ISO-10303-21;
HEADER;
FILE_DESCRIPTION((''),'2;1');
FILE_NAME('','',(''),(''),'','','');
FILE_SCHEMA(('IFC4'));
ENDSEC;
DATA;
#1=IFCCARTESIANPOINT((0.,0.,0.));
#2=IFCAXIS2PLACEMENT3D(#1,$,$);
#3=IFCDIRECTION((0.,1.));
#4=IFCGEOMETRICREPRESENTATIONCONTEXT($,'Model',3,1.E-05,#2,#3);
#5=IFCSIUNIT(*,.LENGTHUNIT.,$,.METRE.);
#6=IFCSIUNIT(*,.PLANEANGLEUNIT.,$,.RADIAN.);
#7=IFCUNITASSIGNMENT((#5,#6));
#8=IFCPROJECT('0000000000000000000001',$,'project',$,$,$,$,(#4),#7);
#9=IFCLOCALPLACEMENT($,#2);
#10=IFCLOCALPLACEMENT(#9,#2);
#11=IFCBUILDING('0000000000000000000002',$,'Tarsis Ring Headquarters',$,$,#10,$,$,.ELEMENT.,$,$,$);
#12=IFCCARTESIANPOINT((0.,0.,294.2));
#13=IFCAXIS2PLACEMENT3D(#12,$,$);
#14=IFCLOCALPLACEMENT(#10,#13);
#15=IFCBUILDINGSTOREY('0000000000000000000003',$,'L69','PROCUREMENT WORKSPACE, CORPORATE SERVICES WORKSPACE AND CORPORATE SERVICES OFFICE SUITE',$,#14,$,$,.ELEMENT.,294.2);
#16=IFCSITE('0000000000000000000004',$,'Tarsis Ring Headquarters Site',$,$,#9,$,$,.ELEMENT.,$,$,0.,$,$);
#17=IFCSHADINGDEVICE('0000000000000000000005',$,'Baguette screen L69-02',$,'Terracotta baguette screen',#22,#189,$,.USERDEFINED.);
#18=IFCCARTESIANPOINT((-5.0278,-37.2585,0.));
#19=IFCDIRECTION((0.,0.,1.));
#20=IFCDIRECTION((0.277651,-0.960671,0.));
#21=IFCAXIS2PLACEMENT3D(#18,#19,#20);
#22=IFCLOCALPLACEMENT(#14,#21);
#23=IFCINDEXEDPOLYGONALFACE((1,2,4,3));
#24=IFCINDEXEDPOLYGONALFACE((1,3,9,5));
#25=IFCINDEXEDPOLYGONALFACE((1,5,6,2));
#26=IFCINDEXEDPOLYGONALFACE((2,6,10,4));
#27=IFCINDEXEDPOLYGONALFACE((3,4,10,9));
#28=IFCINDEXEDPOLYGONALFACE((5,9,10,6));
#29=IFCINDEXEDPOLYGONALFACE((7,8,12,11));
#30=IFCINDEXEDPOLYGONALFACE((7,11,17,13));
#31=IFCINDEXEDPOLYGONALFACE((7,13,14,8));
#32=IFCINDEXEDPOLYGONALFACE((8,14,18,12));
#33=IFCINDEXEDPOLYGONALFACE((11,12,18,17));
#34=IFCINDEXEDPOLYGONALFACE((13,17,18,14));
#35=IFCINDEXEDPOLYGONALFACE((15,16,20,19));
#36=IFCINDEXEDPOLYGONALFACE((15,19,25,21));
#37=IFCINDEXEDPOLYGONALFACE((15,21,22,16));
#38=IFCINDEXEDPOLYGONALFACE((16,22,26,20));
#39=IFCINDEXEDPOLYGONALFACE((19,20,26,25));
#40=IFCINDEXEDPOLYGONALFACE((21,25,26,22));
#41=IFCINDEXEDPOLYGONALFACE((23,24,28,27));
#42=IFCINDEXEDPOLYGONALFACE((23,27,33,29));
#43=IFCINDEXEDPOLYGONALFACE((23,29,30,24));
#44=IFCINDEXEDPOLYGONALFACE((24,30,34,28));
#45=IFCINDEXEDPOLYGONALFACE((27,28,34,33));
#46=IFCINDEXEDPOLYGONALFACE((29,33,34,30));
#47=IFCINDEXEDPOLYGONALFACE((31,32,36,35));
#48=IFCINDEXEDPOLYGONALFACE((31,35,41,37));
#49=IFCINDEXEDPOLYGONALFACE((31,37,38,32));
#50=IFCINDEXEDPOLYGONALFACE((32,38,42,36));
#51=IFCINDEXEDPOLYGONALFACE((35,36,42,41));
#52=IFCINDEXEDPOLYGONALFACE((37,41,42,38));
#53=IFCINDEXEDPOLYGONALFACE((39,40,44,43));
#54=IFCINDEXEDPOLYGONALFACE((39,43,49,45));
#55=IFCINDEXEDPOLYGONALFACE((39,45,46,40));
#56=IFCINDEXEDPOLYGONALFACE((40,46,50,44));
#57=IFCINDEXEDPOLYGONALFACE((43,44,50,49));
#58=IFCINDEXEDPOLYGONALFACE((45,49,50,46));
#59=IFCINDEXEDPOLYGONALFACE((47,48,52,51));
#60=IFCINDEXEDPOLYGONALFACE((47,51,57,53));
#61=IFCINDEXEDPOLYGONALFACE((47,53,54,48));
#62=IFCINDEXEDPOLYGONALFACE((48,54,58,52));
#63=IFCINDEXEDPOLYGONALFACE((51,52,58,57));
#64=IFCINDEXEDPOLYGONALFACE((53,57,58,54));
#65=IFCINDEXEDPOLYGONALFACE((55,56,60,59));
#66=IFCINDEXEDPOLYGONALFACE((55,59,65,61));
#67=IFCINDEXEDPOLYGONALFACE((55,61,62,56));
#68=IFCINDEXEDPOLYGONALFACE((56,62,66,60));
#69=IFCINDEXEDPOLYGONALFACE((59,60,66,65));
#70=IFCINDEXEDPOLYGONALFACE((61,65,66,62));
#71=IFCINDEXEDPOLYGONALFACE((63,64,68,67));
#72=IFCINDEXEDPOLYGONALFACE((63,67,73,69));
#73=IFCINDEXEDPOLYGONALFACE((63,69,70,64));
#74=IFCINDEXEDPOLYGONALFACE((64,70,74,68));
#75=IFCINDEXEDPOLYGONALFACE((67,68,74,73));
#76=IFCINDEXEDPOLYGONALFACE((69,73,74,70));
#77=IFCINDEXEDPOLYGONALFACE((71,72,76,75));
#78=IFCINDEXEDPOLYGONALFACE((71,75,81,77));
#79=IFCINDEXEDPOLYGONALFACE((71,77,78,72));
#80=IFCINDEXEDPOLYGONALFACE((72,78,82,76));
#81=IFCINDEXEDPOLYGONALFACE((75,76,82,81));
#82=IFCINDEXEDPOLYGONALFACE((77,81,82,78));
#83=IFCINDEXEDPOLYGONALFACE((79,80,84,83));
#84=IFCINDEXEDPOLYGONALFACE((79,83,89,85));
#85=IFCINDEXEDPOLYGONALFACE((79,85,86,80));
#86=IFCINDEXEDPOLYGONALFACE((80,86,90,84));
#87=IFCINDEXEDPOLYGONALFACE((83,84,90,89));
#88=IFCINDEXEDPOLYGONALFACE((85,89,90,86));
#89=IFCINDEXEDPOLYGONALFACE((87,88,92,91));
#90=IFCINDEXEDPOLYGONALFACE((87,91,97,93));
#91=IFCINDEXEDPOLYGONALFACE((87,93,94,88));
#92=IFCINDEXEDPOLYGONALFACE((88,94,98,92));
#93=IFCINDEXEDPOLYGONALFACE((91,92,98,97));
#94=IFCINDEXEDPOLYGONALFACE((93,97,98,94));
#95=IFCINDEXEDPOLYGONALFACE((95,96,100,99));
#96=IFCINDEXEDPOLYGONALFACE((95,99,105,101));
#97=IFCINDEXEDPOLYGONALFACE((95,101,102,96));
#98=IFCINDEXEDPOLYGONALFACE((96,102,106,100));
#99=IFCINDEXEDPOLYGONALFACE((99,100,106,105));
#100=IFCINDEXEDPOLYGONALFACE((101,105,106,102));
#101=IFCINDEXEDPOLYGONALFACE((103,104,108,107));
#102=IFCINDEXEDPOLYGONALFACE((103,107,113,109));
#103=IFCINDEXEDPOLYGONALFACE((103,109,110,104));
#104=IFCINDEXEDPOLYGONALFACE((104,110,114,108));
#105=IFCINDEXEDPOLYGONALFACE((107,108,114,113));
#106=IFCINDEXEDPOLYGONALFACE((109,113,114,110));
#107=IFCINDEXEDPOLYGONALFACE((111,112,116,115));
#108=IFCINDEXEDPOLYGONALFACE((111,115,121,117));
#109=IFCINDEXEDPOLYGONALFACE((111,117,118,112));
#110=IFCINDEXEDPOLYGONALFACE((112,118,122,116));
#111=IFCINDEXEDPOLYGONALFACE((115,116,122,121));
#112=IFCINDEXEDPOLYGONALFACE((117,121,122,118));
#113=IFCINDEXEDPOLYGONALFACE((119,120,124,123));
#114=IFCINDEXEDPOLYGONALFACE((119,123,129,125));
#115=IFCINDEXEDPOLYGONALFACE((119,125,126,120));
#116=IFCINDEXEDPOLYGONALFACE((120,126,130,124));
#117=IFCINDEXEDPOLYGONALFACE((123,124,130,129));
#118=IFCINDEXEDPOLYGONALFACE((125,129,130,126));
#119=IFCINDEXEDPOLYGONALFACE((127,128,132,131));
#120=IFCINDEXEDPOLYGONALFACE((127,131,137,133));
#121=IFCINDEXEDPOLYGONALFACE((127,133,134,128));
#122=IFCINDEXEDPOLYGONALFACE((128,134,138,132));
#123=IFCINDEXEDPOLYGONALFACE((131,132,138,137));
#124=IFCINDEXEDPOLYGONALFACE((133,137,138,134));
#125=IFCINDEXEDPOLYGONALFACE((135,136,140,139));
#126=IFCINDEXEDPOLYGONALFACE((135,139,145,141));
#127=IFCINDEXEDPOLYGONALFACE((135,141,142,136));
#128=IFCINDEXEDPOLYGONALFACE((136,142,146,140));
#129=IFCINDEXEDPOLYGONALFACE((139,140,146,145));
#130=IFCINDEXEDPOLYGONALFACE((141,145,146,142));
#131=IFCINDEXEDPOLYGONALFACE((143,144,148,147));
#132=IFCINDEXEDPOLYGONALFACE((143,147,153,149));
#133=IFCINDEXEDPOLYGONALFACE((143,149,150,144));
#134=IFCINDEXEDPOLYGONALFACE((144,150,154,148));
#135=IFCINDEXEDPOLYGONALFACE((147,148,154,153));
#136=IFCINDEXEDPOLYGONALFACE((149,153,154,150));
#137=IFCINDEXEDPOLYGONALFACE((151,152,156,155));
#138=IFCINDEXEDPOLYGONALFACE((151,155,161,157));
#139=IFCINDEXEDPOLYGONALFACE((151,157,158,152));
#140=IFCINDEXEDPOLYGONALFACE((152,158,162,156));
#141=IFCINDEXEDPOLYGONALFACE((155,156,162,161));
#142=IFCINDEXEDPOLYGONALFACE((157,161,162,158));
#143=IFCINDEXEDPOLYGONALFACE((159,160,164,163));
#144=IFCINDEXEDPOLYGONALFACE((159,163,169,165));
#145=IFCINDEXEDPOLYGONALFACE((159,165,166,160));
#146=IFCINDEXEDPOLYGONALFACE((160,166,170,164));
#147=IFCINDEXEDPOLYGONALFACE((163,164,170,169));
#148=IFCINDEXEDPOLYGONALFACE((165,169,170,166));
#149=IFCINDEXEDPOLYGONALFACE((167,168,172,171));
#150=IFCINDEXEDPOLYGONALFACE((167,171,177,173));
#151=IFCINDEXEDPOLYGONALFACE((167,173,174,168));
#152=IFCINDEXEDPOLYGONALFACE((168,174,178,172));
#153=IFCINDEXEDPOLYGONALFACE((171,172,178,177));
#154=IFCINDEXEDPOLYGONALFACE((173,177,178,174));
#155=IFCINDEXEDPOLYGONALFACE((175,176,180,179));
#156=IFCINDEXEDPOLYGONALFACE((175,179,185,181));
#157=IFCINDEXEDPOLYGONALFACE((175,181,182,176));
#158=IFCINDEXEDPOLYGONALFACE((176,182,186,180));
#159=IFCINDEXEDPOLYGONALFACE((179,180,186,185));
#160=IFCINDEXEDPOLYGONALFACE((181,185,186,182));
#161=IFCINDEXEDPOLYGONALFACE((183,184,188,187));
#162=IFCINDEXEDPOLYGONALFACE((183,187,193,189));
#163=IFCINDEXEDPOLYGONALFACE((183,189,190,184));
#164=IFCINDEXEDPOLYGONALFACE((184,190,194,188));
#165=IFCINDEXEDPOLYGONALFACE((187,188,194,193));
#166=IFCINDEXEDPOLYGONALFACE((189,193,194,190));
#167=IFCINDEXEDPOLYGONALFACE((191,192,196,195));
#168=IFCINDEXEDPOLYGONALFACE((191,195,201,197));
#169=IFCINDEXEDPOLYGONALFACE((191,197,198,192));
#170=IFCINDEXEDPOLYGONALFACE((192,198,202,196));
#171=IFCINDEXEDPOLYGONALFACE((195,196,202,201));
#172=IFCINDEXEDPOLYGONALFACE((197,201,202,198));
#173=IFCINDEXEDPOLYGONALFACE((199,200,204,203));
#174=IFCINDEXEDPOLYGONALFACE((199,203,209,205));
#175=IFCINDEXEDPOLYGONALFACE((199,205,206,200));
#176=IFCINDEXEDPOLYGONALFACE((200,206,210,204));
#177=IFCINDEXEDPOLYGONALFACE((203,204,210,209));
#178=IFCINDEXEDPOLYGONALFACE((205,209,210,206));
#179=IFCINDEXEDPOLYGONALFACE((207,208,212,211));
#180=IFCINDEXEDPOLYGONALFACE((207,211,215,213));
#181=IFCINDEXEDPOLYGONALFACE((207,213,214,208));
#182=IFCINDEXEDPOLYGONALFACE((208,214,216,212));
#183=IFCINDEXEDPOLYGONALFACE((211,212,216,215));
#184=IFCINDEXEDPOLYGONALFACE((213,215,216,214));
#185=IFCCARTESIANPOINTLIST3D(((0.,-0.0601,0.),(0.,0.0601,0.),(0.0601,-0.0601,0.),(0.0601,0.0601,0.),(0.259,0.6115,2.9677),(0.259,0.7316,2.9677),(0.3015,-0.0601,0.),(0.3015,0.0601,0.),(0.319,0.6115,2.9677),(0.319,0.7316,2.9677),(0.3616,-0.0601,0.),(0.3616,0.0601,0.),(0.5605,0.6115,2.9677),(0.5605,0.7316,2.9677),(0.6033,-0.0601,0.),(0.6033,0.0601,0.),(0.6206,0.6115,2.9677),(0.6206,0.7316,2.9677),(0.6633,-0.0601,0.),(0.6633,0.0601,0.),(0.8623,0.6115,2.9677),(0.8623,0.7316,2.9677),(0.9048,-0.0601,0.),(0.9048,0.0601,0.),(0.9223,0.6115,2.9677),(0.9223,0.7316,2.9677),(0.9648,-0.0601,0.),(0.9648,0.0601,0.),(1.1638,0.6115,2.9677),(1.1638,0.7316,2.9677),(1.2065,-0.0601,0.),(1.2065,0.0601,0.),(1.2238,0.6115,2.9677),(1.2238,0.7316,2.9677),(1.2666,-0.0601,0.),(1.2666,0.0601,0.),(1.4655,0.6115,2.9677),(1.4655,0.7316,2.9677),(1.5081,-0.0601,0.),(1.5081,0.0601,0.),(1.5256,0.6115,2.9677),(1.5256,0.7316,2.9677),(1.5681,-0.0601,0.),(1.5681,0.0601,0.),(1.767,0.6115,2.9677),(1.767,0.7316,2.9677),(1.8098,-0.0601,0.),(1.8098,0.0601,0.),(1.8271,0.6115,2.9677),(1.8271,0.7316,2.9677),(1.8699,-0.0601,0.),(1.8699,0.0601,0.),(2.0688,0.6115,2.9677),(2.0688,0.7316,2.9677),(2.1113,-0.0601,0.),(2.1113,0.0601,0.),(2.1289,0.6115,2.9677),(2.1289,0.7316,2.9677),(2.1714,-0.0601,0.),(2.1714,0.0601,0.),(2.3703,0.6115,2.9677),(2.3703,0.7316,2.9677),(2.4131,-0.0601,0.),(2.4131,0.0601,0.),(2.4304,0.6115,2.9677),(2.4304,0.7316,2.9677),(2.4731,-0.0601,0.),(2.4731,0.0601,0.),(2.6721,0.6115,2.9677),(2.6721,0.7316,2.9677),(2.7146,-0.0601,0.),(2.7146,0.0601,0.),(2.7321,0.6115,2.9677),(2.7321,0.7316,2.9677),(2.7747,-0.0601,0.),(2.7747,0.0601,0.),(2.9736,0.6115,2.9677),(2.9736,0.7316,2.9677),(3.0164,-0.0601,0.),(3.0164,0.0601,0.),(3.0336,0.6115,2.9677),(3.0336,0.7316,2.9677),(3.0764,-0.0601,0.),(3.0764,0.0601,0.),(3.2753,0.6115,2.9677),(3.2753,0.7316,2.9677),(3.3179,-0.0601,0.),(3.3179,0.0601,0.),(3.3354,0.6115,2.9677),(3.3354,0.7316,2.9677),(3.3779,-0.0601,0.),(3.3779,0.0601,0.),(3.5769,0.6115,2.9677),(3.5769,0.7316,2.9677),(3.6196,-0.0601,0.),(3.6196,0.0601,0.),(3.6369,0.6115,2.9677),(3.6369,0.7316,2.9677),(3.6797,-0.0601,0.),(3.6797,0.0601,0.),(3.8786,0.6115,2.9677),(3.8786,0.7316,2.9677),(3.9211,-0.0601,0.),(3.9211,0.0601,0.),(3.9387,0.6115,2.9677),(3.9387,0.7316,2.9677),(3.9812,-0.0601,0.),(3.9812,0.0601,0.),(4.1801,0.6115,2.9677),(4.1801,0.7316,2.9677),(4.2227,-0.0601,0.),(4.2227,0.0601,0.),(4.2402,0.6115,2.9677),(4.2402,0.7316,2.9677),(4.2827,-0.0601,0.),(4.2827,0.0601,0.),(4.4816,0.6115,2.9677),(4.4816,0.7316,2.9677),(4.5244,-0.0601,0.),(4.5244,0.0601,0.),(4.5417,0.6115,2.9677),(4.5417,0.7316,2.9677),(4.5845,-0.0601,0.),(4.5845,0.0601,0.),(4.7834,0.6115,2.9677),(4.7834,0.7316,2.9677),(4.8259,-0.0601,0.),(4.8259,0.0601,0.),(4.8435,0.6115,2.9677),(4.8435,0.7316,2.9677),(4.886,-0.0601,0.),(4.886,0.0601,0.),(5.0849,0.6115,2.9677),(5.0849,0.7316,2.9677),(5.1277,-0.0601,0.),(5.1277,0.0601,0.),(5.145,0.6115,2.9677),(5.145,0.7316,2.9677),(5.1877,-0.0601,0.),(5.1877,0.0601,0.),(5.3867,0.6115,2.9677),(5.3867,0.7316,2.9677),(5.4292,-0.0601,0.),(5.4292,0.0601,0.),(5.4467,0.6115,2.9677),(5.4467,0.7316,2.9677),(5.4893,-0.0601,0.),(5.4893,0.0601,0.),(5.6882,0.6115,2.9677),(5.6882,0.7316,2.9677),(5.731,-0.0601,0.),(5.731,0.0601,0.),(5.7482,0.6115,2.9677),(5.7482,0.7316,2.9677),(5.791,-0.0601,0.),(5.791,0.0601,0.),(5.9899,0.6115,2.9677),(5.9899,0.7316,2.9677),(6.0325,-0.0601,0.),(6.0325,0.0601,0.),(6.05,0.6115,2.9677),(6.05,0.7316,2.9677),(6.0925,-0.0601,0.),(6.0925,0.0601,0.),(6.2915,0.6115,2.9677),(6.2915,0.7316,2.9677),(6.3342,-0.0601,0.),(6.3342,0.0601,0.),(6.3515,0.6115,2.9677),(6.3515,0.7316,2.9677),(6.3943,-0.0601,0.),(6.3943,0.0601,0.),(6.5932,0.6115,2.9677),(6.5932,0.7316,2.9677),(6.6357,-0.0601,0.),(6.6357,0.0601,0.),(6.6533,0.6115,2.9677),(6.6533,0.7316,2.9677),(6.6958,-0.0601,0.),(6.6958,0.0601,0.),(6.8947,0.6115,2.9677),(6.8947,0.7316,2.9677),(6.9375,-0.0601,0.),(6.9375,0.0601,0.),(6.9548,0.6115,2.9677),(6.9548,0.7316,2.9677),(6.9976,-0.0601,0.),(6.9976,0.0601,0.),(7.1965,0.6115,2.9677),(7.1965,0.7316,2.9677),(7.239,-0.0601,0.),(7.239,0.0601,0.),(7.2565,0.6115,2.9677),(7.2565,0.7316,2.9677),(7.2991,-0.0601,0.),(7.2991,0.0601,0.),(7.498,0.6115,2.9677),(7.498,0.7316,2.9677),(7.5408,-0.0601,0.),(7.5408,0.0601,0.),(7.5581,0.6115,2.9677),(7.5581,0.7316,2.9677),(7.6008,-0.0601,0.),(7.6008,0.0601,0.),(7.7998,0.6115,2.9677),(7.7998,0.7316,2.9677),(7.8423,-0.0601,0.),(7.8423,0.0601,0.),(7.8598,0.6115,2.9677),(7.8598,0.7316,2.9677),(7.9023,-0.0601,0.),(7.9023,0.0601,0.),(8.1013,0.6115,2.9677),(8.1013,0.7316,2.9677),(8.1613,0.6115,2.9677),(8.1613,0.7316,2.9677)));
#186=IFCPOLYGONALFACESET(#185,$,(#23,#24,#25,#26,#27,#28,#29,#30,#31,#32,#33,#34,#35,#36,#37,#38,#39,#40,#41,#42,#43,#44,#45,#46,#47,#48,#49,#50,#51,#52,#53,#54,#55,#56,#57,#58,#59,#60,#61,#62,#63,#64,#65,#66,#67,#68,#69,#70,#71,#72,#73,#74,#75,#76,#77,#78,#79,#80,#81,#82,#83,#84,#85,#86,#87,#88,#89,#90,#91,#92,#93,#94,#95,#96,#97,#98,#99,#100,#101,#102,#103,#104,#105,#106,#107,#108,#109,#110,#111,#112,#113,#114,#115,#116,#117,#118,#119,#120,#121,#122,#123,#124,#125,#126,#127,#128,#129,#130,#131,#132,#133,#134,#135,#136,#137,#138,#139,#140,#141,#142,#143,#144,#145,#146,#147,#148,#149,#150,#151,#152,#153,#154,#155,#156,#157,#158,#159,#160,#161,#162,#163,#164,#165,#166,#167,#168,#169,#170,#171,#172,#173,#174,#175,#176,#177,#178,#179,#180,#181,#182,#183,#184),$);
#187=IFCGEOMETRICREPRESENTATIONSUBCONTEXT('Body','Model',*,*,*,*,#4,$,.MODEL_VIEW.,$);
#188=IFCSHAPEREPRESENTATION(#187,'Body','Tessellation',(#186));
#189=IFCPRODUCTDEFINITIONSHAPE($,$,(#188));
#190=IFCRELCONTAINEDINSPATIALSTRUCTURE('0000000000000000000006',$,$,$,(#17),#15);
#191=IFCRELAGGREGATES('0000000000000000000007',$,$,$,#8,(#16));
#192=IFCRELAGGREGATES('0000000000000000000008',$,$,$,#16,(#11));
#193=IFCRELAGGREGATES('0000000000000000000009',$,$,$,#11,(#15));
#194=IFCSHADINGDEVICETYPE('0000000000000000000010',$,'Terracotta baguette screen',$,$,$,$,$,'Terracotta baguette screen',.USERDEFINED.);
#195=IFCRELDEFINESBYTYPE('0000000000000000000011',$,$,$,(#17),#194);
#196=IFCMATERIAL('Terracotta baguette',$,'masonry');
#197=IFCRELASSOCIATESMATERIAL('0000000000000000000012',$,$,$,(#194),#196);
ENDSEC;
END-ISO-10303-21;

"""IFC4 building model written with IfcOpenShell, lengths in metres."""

from ifc_helpers import new_model, si_unit, direction, frame, frame_2d, origin, place, context, subcontext, project, spatial, rectangle, composite_profile, extrude, material, type_object, element, save


model = new_model("IFC4")

# Units and contexts
model_context = context("Model", 3, precision=1e-05, world=origin(), true_north=direction((0.0, 1.0)))
body_context = subcontext(model_context, "Body", "Model", "MODEL_VIEW")
ifc_project = project(units=[si_unit("LENGTHUNIT", "METRE"), si_unit("PLANEANGLEUNIT", "RADIAN")], contexts=[model_context])

# Site, building, storey
site_placement = place(None, origin())
site = spatial("IfcSite", under=ifc_project, at=site_placement, Name="Tarsis Ring Headquarters Site", CompositionType="ELEMENT", RefElevation=0.0)
building_placement = place(site_placement, origin())
building = spatial("IfcBuilding", under=site, at=building_placement, Name="Tarsis Ring Headquarters", CompositionType="ELEMENT")
storey_placement = place(building_placement, frame((0.0, 0.0, 294.2)))
storey = spatial("IfcBuildingStorey", under=building, at=storey_placement, Name="L69", Description="PROCUREMENT WORKSPACE, CORPORATE SERVICES WORKSPACE AND CORPORATE SERVICES OFFICE SUITE", CompositionType="ELEMENT", Elevation=294.2)

# Shading device
ifc_material_1 = material(Name="Terracotta baguette", Category="masonry")
shading_device_type = type_object("IfcShadingDeviceType", Name="Terracotta baguette screen", ElementType="Terracotta baguette screen", PredefinedType="USERDEFINED", material=ifc_material_1)
shading_device_1_placement = place(storey_placement, frame((-5.0278, -37.2585, 0.0), z_axis=(0.0, 0.0, 1.0), x_axis=(0.277651, -0.960671, 0.0)))
element("IfcShadingDevice", 1, at=shading_device_1_placement, inside=storey, type_object=shading_device_type, Name="Baguette screen L69-02", ObjectType="Terracotta baguette screen", PredefinedType="USERDEFINED", context=body_context, shape_type="SweptSolid", body=[
    extrude(composite_profile([rectangle(XDim=0.0601, YDim=0.1201, at=frame_2d((0.03, 0.0))), rectangle(XDim=0.0601, YDim=0.1201, at=frame_2d((0.3315, 0.0))), rectangle(XDim=0.0601, YDim=0.1201, at=frame_2d((0.6333, 0.0))), rectangle(XDim=0.0601, YDim=0.1201, at=frame_2d((0.9348, 0.0))), rectangle(XDim=0.0601, YDim=0.1201, at=frame_2d((1.2366, 0.0))), rectangle(XDim=0.0601, YDim=0.1201, at=frame_2d((1.5381, 0.0))), rectangle(XDim=0.0601, YDim=0.1201, at=frame_2d((1.8398, 0.0))), rectangle(XDim=0.0601, YDim=0.1201, at=frame_2d((2.1414, 0.0))), rectangle(XDim=0.0601, YDim=0.1201, at=frame_2d((2.4431, 0.0))), rectangle(XDim=0.0601, YDim=0.1201, at=frame_2d((2.7446, 0.0))), rectangle(XDim=0.0601, YDim=0.1201, at=frame_2d((3.0464, 0.0))), rectangle(XDim=0.0601, YDim=0.1201, at=frame_2d((3.3479, 0.0))), rectangle(XDim=0.0601, YDim=0.1201, at=frame_2d((3.6497, 0.0))), rectangle(XDim=0.0601, YDim=0.1201, at=frame_2d((3.9512, 0.0))), rectangle(XDim=0.0601, YDim=0.1201, at=frame_2d((4.2527, 0.0))), rectangle(XDim=0.0601, YDim=0.1201, at=frame_2d((4.5544, 0.0))), rectangle(XDim=0.0601, YDim=0.1201, at=frame_2d((4.856, 0.0))), rectangle(XDim=0.0601, YDim=0.1201, at=frame_2d((5.1577, 0.0))), rectangle(XDim=0.0601, YDim=0.1201, at=frame_2d((5.4592, 0.0))), rectangle(XDim=0.0601, YDim=0.1201, at=frame_2d((5.761, 0.0))), rectangle(XDim=0.0601, YDim=0.1201, at=frame_2d((6.0625, 0.0))), rectangle(XDim=0.0601, YDim=0.1201, at=frame_2d((6.3643, 0.0))), rectangle(XDim=0.0601, YDim=0.1201, at=frame_2d((6.6658, 0.0))), rectangle(XDim=0.0601, YDim=0.1201, at=frame_2d((6.9675, 0.0))), rectangle(XDim=0.0601, YDim=0.1201, at=frame_2d((7.269, 0.0))), rectangle(XDim=0.0601, YDim=0.1201, at=frame_2d((7.5708, 0.0))), rectangle(XDim=0.0601, YDim=0.1201, at=frame_2d((7.8723, 0.0)))]), origin(), (0.084811, 0.219916, 0.971825), 3.0537),
])

save(model, "model.ifc")
